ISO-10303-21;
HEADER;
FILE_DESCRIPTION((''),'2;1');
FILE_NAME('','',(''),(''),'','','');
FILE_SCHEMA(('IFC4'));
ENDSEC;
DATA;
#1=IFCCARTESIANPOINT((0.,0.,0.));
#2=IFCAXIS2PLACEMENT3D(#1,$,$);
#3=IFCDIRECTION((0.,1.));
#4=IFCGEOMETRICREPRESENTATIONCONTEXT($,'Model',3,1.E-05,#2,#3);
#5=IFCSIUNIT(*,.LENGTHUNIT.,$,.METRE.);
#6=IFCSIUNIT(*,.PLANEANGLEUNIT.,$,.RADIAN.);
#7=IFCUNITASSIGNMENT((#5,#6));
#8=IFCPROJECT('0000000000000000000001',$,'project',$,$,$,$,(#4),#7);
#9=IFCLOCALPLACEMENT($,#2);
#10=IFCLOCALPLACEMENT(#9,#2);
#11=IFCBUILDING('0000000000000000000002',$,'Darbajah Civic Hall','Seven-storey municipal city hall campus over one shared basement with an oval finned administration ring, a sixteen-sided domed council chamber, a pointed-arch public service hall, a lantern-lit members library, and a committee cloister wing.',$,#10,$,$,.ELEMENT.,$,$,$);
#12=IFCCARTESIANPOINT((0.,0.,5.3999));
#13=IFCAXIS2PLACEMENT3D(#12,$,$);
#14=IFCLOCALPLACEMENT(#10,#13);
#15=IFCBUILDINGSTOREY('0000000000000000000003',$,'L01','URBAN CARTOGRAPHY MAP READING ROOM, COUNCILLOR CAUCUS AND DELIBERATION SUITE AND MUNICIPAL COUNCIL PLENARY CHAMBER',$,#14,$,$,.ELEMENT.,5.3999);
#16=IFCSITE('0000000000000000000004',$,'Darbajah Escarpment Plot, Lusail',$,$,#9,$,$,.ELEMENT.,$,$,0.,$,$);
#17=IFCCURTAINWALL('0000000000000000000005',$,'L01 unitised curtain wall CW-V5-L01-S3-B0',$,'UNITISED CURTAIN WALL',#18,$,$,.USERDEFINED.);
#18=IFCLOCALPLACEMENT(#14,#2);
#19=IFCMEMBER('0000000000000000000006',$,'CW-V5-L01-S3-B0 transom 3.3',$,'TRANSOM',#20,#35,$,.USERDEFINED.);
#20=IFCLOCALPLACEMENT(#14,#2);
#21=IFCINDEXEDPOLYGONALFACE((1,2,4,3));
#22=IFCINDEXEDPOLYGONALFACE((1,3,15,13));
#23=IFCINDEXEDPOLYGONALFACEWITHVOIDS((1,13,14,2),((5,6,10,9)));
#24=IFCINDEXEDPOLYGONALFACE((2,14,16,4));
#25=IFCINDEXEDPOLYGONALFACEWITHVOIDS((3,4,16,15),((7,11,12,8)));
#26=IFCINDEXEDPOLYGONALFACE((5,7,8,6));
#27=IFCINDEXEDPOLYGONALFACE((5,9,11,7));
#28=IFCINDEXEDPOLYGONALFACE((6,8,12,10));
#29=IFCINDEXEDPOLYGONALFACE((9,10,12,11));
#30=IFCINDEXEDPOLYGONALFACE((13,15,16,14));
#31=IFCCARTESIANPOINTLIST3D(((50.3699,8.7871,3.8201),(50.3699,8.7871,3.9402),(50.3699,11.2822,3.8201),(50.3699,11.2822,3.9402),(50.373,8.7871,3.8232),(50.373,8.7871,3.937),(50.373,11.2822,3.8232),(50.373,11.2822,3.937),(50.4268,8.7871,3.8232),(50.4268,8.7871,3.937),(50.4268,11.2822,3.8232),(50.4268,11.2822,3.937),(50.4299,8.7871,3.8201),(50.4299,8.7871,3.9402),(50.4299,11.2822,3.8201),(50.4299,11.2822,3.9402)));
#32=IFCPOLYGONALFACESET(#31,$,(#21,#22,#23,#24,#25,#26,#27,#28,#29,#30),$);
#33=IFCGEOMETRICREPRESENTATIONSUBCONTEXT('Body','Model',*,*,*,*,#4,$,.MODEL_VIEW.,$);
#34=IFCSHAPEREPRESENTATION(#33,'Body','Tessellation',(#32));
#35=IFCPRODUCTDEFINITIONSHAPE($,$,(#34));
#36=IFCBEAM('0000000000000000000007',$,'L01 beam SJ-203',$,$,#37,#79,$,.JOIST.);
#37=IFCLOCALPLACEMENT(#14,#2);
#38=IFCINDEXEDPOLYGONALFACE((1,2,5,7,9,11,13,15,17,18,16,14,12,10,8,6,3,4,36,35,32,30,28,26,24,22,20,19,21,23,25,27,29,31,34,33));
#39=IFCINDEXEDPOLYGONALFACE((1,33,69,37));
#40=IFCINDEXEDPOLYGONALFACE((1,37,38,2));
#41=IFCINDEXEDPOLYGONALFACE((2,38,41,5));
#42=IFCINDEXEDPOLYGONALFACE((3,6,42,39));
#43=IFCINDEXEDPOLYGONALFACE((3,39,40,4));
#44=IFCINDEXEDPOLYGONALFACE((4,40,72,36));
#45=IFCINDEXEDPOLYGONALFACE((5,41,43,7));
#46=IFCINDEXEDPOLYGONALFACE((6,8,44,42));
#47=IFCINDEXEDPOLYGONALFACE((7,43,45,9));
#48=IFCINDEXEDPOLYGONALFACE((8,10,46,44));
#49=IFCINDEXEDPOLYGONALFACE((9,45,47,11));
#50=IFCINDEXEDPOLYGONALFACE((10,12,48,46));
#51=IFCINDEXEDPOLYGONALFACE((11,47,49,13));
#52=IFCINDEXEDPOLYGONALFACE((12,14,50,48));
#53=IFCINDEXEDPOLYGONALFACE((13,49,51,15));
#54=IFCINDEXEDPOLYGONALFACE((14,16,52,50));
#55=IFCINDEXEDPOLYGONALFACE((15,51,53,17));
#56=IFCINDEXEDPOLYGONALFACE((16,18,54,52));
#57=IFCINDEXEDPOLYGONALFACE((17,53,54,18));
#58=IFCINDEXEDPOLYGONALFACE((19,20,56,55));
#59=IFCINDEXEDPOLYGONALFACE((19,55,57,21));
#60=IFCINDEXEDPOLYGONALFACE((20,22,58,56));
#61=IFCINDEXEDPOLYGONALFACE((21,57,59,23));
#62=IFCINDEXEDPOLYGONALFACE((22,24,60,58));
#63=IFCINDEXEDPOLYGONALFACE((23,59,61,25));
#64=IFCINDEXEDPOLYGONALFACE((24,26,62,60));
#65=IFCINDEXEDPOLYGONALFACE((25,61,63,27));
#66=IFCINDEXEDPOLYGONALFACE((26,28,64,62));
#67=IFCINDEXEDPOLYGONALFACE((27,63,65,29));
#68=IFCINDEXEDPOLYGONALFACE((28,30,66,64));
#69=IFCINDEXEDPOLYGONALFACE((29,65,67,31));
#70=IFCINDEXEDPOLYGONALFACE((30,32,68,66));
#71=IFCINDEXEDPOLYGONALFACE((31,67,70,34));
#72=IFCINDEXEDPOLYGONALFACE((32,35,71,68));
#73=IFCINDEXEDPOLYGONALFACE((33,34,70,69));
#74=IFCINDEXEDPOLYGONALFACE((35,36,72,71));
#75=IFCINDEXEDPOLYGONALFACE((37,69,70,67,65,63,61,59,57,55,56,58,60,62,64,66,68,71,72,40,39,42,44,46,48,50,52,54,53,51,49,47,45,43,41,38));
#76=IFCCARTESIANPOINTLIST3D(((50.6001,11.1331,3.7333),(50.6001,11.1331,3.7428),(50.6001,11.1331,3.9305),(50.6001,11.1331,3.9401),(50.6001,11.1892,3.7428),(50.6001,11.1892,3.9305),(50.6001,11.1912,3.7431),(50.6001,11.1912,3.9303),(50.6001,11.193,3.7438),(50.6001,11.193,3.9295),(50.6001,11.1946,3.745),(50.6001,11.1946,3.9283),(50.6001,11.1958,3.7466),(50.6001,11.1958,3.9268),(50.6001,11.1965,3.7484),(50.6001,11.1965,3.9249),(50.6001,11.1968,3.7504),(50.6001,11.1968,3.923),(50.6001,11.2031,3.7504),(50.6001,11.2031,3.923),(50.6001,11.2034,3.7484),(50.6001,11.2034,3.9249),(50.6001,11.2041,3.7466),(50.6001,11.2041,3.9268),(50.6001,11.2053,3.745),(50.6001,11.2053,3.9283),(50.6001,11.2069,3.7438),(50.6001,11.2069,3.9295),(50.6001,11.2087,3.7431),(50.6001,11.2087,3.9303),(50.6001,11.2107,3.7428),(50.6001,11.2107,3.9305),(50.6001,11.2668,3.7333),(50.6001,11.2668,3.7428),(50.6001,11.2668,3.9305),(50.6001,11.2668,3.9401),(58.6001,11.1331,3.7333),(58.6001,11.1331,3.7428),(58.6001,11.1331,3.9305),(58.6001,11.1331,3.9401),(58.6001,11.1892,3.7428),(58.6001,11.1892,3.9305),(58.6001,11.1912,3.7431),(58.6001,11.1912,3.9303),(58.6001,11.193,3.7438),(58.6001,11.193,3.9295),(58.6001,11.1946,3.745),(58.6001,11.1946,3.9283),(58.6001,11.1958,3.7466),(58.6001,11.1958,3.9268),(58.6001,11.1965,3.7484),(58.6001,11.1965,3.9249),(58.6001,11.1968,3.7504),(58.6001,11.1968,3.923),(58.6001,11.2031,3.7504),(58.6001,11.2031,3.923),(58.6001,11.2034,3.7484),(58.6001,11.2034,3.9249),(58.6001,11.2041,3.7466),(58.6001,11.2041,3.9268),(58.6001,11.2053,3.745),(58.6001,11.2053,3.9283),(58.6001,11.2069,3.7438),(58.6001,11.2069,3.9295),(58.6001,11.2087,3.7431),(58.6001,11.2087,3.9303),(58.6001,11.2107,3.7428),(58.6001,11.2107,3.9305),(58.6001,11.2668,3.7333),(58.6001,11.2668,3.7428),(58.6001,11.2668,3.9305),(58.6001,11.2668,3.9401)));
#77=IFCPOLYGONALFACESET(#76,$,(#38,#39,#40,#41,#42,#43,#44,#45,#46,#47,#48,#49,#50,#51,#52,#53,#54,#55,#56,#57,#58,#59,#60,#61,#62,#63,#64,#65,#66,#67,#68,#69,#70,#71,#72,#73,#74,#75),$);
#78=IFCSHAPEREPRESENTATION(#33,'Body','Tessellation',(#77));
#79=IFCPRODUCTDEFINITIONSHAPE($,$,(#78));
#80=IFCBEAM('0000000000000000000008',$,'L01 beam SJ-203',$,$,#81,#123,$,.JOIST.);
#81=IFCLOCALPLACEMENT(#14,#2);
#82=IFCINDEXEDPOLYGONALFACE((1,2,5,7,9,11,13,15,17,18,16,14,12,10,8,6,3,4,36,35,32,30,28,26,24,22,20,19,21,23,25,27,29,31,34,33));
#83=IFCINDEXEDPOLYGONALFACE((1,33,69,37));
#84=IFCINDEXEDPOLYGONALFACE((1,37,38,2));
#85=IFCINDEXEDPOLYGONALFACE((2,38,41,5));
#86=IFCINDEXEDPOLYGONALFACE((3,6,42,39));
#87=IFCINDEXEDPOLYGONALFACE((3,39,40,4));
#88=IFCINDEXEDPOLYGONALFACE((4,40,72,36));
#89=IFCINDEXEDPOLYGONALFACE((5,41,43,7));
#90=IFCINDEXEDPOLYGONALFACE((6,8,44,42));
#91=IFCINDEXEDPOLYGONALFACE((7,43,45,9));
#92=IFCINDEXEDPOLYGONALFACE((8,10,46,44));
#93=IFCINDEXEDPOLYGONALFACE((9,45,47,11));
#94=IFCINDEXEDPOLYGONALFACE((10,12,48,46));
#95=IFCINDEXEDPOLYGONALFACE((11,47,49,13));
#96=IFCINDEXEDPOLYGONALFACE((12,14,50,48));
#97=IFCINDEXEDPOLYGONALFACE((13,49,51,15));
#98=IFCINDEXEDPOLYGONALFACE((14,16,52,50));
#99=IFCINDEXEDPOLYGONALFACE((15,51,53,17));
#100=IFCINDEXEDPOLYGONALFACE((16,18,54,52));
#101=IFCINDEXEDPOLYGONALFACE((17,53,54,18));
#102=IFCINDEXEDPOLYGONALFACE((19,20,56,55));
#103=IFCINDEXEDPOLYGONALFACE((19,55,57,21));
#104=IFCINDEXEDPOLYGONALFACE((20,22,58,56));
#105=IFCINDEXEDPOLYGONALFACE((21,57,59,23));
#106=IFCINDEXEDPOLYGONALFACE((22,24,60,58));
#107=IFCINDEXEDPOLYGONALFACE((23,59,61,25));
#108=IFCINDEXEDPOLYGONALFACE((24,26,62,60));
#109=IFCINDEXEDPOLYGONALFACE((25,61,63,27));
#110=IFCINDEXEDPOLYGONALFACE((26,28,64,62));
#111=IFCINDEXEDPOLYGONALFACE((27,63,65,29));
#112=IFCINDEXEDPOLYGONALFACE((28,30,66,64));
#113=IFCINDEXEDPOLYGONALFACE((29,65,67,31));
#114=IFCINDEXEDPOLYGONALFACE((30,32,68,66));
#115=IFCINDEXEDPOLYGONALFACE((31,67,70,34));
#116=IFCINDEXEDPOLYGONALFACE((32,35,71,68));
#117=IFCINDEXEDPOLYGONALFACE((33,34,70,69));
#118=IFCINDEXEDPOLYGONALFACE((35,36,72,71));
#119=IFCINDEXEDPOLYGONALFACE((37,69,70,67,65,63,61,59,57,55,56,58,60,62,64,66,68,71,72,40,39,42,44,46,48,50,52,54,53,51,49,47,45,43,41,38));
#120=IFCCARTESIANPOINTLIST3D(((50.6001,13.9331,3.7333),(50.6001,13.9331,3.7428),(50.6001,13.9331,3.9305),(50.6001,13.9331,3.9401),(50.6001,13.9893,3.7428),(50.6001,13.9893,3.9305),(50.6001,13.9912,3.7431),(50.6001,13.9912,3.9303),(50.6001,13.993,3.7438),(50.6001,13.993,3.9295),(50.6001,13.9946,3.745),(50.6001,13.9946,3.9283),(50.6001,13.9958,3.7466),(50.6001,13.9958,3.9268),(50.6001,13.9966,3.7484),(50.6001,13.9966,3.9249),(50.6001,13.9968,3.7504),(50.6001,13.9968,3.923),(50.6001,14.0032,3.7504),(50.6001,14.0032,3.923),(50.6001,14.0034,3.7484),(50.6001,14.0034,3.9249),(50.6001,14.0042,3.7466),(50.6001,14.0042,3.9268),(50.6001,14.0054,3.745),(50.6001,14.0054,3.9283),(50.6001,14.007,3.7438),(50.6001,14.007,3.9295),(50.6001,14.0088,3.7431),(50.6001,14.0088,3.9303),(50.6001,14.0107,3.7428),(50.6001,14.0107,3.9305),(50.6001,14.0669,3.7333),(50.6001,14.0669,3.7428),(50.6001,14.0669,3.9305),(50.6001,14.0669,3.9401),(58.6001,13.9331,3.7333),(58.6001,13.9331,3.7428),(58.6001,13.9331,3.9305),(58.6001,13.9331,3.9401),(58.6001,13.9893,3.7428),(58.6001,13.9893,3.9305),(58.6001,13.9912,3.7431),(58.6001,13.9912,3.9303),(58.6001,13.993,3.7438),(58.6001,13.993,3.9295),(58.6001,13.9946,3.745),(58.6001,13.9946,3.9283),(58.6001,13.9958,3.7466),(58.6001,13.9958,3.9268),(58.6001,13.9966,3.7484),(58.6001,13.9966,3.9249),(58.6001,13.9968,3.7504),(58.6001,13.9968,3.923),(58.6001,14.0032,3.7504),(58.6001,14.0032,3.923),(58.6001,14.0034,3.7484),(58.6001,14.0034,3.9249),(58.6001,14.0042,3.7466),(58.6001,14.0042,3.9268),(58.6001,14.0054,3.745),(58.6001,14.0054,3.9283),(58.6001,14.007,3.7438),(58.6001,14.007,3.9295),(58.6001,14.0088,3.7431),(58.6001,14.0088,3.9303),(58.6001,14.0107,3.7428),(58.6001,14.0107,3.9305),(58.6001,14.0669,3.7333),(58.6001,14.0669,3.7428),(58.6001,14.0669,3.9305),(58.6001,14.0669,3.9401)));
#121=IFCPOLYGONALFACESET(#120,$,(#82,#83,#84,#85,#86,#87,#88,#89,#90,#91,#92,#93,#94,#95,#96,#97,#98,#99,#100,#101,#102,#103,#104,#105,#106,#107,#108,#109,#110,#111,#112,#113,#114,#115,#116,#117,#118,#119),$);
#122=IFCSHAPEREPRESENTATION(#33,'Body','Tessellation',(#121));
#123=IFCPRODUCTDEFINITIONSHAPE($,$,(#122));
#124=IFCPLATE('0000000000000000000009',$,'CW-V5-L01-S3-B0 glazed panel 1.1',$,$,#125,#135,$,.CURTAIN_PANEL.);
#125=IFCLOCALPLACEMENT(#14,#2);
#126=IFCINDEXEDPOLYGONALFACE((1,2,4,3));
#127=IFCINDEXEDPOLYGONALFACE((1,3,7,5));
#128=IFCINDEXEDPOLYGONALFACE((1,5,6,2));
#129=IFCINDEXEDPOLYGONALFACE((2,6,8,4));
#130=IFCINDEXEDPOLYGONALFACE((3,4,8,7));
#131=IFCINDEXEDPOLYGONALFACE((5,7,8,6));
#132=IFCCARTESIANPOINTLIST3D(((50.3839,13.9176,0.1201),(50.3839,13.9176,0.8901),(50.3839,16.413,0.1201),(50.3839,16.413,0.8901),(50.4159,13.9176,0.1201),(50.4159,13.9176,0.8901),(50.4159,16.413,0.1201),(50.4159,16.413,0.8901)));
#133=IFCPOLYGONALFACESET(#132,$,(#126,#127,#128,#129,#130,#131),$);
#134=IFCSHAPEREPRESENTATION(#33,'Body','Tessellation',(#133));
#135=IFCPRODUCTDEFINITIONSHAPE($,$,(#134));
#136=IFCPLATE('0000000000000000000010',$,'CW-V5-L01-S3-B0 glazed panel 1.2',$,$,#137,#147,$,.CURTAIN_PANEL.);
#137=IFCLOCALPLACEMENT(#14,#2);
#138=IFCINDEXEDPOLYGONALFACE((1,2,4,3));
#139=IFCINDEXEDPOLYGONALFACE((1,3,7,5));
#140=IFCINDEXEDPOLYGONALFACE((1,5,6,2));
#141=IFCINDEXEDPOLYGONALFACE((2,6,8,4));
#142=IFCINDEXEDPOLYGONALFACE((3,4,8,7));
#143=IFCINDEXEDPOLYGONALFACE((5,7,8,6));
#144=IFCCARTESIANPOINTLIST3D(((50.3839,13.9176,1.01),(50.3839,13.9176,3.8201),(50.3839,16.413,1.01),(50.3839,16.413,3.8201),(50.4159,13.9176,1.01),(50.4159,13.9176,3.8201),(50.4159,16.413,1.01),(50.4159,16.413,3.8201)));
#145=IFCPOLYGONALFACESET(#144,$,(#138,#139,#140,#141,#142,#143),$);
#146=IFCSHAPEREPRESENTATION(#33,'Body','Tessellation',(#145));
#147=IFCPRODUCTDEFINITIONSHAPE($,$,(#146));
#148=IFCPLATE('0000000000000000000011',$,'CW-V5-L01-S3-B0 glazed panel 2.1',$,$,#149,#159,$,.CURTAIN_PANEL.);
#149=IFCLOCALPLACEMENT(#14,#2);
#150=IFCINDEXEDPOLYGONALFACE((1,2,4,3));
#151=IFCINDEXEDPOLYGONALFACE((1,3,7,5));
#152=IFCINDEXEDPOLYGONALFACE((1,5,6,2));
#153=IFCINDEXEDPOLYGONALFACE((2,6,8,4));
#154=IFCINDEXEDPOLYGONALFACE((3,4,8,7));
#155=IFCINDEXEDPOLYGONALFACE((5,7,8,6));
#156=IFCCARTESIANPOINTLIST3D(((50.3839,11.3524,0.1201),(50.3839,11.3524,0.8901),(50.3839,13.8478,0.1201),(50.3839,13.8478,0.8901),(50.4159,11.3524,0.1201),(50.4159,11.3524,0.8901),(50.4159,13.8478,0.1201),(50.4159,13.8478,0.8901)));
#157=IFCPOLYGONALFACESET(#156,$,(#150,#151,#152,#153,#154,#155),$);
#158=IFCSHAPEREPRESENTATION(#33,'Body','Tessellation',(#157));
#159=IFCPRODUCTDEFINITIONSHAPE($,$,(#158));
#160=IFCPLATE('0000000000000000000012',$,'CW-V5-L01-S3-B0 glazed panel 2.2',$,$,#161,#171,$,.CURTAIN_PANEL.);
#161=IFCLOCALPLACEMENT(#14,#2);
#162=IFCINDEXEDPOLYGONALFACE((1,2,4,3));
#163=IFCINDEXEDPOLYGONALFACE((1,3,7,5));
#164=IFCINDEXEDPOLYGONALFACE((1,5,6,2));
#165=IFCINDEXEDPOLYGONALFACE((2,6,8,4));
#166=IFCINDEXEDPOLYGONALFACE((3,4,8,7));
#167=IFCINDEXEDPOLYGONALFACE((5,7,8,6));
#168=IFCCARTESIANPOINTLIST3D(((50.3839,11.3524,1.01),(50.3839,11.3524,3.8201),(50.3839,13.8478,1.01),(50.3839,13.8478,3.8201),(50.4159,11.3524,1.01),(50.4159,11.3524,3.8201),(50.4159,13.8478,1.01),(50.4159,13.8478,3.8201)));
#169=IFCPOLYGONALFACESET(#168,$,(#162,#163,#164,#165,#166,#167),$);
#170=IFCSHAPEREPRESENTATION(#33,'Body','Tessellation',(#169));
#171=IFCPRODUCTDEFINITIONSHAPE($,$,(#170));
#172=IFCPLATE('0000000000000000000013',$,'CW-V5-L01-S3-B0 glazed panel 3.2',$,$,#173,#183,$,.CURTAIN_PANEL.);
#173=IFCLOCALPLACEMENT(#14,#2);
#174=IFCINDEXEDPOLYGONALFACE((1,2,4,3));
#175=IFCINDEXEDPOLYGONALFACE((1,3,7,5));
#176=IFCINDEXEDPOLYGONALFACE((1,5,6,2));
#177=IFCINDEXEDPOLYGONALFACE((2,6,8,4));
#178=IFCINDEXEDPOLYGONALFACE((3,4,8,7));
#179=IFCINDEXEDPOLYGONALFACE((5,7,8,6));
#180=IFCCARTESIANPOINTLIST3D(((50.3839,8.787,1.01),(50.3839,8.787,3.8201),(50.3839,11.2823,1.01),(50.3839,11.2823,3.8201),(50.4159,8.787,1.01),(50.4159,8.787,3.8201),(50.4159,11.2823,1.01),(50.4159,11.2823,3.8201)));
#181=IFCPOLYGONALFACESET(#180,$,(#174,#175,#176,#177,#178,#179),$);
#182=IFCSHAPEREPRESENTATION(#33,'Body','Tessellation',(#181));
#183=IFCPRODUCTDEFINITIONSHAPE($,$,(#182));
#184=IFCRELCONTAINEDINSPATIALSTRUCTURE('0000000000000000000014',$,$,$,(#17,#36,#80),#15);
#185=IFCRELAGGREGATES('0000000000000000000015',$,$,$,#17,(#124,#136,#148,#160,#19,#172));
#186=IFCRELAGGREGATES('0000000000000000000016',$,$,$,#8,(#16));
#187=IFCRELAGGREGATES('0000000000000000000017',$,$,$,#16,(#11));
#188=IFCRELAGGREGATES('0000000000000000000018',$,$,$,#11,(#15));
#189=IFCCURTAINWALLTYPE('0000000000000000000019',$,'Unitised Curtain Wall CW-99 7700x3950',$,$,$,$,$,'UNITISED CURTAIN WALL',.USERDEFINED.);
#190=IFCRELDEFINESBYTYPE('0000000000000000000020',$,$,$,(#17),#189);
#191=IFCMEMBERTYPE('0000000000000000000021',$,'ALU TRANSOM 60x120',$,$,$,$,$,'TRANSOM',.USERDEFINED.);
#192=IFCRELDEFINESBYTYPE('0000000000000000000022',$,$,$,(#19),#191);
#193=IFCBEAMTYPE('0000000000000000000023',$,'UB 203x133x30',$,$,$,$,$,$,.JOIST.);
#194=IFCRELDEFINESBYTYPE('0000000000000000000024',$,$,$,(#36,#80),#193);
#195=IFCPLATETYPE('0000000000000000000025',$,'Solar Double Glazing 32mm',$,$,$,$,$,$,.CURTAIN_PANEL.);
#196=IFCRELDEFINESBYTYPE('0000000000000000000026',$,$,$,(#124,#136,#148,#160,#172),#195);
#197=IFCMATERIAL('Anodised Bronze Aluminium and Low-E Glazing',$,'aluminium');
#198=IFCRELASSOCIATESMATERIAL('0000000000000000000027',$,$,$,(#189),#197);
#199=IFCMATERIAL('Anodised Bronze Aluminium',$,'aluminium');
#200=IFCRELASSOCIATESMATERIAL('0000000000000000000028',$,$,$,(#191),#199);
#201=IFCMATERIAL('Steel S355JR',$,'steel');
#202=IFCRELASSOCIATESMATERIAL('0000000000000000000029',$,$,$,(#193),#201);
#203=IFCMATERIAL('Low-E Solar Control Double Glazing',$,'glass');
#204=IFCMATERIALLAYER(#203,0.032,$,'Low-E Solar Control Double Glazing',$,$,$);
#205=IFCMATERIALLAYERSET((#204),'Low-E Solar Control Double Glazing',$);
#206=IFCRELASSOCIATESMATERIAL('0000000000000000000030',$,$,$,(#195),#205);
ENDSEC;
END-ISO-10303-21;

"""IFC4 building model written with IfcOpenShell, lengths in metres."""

from ifc_helpers import new_model, si_unit, direction, frame, origin, origin_2d, place, context, subcontext, project, spatial, rectangle, hollow_rectangle, i_section, extrude, material, layer, layer_set, material_profile, profile_set, type_object, element, aggregate, save


model = new_model("IFC4")

# Units and contexts
model_context = context("Model", 3, precision=1e-05, world=origin(), true_north=direction((0.0, 1.0)))
body_context = subcontext(model_context, "Body", "Model", "MODEL_VIEW")
ifc_project = project(units=[si_unit("LENGTHUNIT", "METRE"), si_unit("PLANEANGLEUNIT", "RADIAN")], contexts=[model_context])

# Site, building, storey
site_placement = place(None, origin())
site = spatial("IfcSite", under=ifc_project, at=site_placement, Name="Darbajah Escarpment Plot, Lusail", CompositionType="ELEMENT", RefElevation=0.0)
building_placement = place(site_placement, origin())
building = spatial("IfcBuilding", under=site, at=building_placement, Name="Darbajah Civic Hall", Description="Seven-storey municipal city hall campus over one shared basement with an oval finned administration ring, a sixteen-sided domed council chamber, a pointed-arch public service hall, a lantern-lit members library, and a committee cloister wing.", CompositionType="ELEMENT")
storey_placement = place(building_placement, frame((0.0, 0.0, 5.3999)))
storey = spatial("IfcBuildingStorey", under=building, at=storey_placement, Name="L01", Description="URBAN CARTOGRAPHY MAP READING ROOM, COUNCILLOR CAUCUS AND DELIBERATION SUITE AND MUNICIPAL COUNCIL PLENARY CHAMBER", CompositionType="ELEMENT", Elevation=5.3999)

# Curtain wall, member
ifc_material_1 = material(Name="Anodised Bronze Aluminium and Low-E Glazing", Category="aluminium")
curtain_wall_type = type_object("IfcCurtainWallType", Name="Unitised Curtain Wall CW-99 7700x3950", ElementType="UNITISED CURTAIN WALL", PredefinedType="USERDEFINED", material=ifc_material_1)
curtain_wall_placement = place(storey_placement, origin())
curtain_wall = element("IfcCurtainWall", 1, at=curtain_wall_placement, inside=storey, type_object=curtain_wall_type, Name="L01 unitised curtain wall CW-V5-L01-S3-B0", ObjectType="UNITISED CURTAIN WALL", PredefinedType="USERDEFINED")
ifc_material_2 = material(Name="Anodised Bronze Aluminium", Category="aluminium")
ifc_material_profile_1 = material_profile(ifc_material_2, hollow_rectangle(XDim=0.0601, YDim=0.1201, WallThickness=0.0032, at=origin_2d()), Name="ALU TRANSOM 60x120")
ifc_profile_set_1 = profile_set([ifc_material_profile_1], Name="Anodised Bronze Aluminium")
member_type_1 = type_object("IfcMemberType", Name="ALU TRANSOM 60x120", ElementType="TRANSOM", PredefinedType="USERDEFINED", material=ifc_profile_set_1)
member_1_placement = place(storey_placement, frame((50.3999, 11.2822, 3.8801), z_axis=(0.0, -1.0, 0.0), x_axis=(1.0, 0.0, 0.0)))
member_1 = element("IfcMember", 2, at=member_1_placement, type_object=member_type_1, Name="CW-V5-L01-S3-B0 transom 3.3", ObjectType="TRANSOM", PredefinedType="USERDEFINED", context=body_context, shape_type="SweptSolid", body=[
    extrude(hollow_rectangle(XDim=0.0601, YDim=0.1201, WallThickness=0.0032, at=origin_2d()), origin(), (0.0, 0.0, 1.0), 2.4951),
])

# Beams
ifc_material_3 = material(Name="Steel S355JR", Category="steel")
ifc_material_profile_2 = material_profile(ifc_material_3, i_section(OverallWidth=0.1338, OverallDepth=0.2068, WebThickness=0.0063, FlangeThickness=0.0095, FilletRadius=0.0076, at=origin_2d()), Name="UB 203x133x30")
ifc_profile_set_2 = profile_set([ifc_material_profile_2], Name="Steel S355JR")
beam_type = type_object("IfcBeamType", Name="UB 203x133x30", PredefinedType="JOIST", material=ifc_profile_set_2)
for number, where, z_axis, x_axis, name in (
    (3, (50.6001, 11.2, 3.8367), (1.0, 0.0, 0.0), (0.0, 1.0, 0.0), "L01 beam SJ-203"),
    (4, (50.6001, 14.0, 3.8367), (1.0, 0.0, 0.0), (0.0, 1.0, 0.0), "L01 beam SJ-203"),
):
    element("IfcBeam", number, at=place(storey_placement, frame(where, z_axis=z_axis, x_axis=x_axis)), inside=storey, type_object=beam_type, Name=name, PredefinedType="JOIST", context=body_context, shape_type="SweptSolid", body=[
        extrude(i_section(OverallWidth=0.1338, OverallDepth=0.2068, WebThickness=0.0063, FlangeThickness=0.0095, FilletRadius=0.0076, at=origin_2d()), origin(), (0.0, 0.0, 1.0), 8.0),
    ])

# Plates
ifc_material_4 = material(Name="Low-E Solar Control Double Glazing", Category="glass")
ifc_layer = layer(ifc_material_4, 0.032, Name="Low-E Solar Control Double Glazing")
ifc_layer_set = layer_set([ifc_layer], Name="Low-E Solar Control Double Glazing")
plate_type = type_object("IfcPlateType", Name="Solar Double Glazing 32mm", PredefinedType="CURTAIN_PANEL", material=ifc_layer_set)
plate_1_placement = place(storey_placement, frame((50.3999, 15.1653, 0.1201), z_axis=(0.0, 0.0, 1.0), x_axis=(0.0, -1.0, 0.0)))
plate_1 = element("IfcPlate", 5, at=plate_1_placement, type_object=plate_type, Name="CW-V5-L01-S3-B0 glazed panel 1.1", PredefinedType="CURTAIN_PANEL", context=body_context, shape_type="SweptSolid", body=[
    extrude(rectangle(XDim=2.4954, YDim=0.032, at=origin_2d()), origin(), (0.0, 0.0, 1.0), 0.77),
])
plate_2_placement = place(storey_placement, frame((50.3999, 15.1653, 1.01), z_axis=(0.0, 0.0, 1.0), x_axis=(0.0, -1.0, 0.0)))
plate_2 = element("IfcPlate", 6, at=plate_2_placement, type_object=plate_type, Name="CW-V5-L01-S3-B0 glazed panel 1.2", PredefinedType="CURTAIN_PANEL", context=body_context, shape_type="SweptSolid", body=[
    extrude(rectangle(XDim=2.4954, YDim=0.032, at=origin_2d()), origin(), (0.0, 0.0, 1.0), 2.8101),
])
plate_3_placement = place(storey_placement, frame((50.3999, 12.6001, 0.1201), z_axis=(0.0, 0.0, 1.0), x_axis=(0.0, -1.0, 0.0)))
plate_3 = element("IfcPlate", 7, at=plate_3_placement, type_object=plate_type, Name="CW-V5-L01-S3-B0 glazed panel 2.1", PredefinedType="CURTAIN_PANEL", context=body_context, shape_type="SweptSolid", body=[
    extrude(rectangle(XDim=2.4954, YDim=0.032, at=origin_2d()), origin(), (0.0, 0.0, 1.0), 0.77),
])
plate_4_placement = place(storey_placement, frame((50.3999, 12.6001, 1.01), z_axis=(0.0, 0.0, 1.0), x_axis=(0.0, -1.0, 0.0)))
plate_4 = element("IfcPlate", 8, at=plate_4_placement, type_object=plate_type, Name="CW-V5-L01-S3-B0 glazed panel 2.2", PredefinedType="CURTAIN_PANEL", context=body_context, shape_type="SweptSolid", body=[
    extrude(rectangle(XDim=2.4954, YDim=0.032, at=origin_2d()), origin(), (0.0, 0.0, 1.0), 2.8101),
])
plate_5_placement = place(storey_placement, frame((50.3999, 10.0347, 1.01), z_axis=(0.0, 0.0, 1.0), x_axis=(0.0, -1.0, 0.0)))
plate_5 = element("IfcPlate", 9, at=plate_5_placement, type_object=plate_type, Name="CW-V5-L01-S3-B0 glazed panel 3.2", PredefinedType="CURTAIN_PANEL", context=body_context, shape_type="SweptSolid", body=[
    extrude(rectangle(XDim=2.4954, YDim=0.032, at=origin_2d()), origin(), (0.0, 0.0, 1.0), 2.8101),
])
aggregate(curtain_wall, [plate_1, plate_2, plate_3, plate_4, member_1, plate_5])

save(model, "model.ifc")
